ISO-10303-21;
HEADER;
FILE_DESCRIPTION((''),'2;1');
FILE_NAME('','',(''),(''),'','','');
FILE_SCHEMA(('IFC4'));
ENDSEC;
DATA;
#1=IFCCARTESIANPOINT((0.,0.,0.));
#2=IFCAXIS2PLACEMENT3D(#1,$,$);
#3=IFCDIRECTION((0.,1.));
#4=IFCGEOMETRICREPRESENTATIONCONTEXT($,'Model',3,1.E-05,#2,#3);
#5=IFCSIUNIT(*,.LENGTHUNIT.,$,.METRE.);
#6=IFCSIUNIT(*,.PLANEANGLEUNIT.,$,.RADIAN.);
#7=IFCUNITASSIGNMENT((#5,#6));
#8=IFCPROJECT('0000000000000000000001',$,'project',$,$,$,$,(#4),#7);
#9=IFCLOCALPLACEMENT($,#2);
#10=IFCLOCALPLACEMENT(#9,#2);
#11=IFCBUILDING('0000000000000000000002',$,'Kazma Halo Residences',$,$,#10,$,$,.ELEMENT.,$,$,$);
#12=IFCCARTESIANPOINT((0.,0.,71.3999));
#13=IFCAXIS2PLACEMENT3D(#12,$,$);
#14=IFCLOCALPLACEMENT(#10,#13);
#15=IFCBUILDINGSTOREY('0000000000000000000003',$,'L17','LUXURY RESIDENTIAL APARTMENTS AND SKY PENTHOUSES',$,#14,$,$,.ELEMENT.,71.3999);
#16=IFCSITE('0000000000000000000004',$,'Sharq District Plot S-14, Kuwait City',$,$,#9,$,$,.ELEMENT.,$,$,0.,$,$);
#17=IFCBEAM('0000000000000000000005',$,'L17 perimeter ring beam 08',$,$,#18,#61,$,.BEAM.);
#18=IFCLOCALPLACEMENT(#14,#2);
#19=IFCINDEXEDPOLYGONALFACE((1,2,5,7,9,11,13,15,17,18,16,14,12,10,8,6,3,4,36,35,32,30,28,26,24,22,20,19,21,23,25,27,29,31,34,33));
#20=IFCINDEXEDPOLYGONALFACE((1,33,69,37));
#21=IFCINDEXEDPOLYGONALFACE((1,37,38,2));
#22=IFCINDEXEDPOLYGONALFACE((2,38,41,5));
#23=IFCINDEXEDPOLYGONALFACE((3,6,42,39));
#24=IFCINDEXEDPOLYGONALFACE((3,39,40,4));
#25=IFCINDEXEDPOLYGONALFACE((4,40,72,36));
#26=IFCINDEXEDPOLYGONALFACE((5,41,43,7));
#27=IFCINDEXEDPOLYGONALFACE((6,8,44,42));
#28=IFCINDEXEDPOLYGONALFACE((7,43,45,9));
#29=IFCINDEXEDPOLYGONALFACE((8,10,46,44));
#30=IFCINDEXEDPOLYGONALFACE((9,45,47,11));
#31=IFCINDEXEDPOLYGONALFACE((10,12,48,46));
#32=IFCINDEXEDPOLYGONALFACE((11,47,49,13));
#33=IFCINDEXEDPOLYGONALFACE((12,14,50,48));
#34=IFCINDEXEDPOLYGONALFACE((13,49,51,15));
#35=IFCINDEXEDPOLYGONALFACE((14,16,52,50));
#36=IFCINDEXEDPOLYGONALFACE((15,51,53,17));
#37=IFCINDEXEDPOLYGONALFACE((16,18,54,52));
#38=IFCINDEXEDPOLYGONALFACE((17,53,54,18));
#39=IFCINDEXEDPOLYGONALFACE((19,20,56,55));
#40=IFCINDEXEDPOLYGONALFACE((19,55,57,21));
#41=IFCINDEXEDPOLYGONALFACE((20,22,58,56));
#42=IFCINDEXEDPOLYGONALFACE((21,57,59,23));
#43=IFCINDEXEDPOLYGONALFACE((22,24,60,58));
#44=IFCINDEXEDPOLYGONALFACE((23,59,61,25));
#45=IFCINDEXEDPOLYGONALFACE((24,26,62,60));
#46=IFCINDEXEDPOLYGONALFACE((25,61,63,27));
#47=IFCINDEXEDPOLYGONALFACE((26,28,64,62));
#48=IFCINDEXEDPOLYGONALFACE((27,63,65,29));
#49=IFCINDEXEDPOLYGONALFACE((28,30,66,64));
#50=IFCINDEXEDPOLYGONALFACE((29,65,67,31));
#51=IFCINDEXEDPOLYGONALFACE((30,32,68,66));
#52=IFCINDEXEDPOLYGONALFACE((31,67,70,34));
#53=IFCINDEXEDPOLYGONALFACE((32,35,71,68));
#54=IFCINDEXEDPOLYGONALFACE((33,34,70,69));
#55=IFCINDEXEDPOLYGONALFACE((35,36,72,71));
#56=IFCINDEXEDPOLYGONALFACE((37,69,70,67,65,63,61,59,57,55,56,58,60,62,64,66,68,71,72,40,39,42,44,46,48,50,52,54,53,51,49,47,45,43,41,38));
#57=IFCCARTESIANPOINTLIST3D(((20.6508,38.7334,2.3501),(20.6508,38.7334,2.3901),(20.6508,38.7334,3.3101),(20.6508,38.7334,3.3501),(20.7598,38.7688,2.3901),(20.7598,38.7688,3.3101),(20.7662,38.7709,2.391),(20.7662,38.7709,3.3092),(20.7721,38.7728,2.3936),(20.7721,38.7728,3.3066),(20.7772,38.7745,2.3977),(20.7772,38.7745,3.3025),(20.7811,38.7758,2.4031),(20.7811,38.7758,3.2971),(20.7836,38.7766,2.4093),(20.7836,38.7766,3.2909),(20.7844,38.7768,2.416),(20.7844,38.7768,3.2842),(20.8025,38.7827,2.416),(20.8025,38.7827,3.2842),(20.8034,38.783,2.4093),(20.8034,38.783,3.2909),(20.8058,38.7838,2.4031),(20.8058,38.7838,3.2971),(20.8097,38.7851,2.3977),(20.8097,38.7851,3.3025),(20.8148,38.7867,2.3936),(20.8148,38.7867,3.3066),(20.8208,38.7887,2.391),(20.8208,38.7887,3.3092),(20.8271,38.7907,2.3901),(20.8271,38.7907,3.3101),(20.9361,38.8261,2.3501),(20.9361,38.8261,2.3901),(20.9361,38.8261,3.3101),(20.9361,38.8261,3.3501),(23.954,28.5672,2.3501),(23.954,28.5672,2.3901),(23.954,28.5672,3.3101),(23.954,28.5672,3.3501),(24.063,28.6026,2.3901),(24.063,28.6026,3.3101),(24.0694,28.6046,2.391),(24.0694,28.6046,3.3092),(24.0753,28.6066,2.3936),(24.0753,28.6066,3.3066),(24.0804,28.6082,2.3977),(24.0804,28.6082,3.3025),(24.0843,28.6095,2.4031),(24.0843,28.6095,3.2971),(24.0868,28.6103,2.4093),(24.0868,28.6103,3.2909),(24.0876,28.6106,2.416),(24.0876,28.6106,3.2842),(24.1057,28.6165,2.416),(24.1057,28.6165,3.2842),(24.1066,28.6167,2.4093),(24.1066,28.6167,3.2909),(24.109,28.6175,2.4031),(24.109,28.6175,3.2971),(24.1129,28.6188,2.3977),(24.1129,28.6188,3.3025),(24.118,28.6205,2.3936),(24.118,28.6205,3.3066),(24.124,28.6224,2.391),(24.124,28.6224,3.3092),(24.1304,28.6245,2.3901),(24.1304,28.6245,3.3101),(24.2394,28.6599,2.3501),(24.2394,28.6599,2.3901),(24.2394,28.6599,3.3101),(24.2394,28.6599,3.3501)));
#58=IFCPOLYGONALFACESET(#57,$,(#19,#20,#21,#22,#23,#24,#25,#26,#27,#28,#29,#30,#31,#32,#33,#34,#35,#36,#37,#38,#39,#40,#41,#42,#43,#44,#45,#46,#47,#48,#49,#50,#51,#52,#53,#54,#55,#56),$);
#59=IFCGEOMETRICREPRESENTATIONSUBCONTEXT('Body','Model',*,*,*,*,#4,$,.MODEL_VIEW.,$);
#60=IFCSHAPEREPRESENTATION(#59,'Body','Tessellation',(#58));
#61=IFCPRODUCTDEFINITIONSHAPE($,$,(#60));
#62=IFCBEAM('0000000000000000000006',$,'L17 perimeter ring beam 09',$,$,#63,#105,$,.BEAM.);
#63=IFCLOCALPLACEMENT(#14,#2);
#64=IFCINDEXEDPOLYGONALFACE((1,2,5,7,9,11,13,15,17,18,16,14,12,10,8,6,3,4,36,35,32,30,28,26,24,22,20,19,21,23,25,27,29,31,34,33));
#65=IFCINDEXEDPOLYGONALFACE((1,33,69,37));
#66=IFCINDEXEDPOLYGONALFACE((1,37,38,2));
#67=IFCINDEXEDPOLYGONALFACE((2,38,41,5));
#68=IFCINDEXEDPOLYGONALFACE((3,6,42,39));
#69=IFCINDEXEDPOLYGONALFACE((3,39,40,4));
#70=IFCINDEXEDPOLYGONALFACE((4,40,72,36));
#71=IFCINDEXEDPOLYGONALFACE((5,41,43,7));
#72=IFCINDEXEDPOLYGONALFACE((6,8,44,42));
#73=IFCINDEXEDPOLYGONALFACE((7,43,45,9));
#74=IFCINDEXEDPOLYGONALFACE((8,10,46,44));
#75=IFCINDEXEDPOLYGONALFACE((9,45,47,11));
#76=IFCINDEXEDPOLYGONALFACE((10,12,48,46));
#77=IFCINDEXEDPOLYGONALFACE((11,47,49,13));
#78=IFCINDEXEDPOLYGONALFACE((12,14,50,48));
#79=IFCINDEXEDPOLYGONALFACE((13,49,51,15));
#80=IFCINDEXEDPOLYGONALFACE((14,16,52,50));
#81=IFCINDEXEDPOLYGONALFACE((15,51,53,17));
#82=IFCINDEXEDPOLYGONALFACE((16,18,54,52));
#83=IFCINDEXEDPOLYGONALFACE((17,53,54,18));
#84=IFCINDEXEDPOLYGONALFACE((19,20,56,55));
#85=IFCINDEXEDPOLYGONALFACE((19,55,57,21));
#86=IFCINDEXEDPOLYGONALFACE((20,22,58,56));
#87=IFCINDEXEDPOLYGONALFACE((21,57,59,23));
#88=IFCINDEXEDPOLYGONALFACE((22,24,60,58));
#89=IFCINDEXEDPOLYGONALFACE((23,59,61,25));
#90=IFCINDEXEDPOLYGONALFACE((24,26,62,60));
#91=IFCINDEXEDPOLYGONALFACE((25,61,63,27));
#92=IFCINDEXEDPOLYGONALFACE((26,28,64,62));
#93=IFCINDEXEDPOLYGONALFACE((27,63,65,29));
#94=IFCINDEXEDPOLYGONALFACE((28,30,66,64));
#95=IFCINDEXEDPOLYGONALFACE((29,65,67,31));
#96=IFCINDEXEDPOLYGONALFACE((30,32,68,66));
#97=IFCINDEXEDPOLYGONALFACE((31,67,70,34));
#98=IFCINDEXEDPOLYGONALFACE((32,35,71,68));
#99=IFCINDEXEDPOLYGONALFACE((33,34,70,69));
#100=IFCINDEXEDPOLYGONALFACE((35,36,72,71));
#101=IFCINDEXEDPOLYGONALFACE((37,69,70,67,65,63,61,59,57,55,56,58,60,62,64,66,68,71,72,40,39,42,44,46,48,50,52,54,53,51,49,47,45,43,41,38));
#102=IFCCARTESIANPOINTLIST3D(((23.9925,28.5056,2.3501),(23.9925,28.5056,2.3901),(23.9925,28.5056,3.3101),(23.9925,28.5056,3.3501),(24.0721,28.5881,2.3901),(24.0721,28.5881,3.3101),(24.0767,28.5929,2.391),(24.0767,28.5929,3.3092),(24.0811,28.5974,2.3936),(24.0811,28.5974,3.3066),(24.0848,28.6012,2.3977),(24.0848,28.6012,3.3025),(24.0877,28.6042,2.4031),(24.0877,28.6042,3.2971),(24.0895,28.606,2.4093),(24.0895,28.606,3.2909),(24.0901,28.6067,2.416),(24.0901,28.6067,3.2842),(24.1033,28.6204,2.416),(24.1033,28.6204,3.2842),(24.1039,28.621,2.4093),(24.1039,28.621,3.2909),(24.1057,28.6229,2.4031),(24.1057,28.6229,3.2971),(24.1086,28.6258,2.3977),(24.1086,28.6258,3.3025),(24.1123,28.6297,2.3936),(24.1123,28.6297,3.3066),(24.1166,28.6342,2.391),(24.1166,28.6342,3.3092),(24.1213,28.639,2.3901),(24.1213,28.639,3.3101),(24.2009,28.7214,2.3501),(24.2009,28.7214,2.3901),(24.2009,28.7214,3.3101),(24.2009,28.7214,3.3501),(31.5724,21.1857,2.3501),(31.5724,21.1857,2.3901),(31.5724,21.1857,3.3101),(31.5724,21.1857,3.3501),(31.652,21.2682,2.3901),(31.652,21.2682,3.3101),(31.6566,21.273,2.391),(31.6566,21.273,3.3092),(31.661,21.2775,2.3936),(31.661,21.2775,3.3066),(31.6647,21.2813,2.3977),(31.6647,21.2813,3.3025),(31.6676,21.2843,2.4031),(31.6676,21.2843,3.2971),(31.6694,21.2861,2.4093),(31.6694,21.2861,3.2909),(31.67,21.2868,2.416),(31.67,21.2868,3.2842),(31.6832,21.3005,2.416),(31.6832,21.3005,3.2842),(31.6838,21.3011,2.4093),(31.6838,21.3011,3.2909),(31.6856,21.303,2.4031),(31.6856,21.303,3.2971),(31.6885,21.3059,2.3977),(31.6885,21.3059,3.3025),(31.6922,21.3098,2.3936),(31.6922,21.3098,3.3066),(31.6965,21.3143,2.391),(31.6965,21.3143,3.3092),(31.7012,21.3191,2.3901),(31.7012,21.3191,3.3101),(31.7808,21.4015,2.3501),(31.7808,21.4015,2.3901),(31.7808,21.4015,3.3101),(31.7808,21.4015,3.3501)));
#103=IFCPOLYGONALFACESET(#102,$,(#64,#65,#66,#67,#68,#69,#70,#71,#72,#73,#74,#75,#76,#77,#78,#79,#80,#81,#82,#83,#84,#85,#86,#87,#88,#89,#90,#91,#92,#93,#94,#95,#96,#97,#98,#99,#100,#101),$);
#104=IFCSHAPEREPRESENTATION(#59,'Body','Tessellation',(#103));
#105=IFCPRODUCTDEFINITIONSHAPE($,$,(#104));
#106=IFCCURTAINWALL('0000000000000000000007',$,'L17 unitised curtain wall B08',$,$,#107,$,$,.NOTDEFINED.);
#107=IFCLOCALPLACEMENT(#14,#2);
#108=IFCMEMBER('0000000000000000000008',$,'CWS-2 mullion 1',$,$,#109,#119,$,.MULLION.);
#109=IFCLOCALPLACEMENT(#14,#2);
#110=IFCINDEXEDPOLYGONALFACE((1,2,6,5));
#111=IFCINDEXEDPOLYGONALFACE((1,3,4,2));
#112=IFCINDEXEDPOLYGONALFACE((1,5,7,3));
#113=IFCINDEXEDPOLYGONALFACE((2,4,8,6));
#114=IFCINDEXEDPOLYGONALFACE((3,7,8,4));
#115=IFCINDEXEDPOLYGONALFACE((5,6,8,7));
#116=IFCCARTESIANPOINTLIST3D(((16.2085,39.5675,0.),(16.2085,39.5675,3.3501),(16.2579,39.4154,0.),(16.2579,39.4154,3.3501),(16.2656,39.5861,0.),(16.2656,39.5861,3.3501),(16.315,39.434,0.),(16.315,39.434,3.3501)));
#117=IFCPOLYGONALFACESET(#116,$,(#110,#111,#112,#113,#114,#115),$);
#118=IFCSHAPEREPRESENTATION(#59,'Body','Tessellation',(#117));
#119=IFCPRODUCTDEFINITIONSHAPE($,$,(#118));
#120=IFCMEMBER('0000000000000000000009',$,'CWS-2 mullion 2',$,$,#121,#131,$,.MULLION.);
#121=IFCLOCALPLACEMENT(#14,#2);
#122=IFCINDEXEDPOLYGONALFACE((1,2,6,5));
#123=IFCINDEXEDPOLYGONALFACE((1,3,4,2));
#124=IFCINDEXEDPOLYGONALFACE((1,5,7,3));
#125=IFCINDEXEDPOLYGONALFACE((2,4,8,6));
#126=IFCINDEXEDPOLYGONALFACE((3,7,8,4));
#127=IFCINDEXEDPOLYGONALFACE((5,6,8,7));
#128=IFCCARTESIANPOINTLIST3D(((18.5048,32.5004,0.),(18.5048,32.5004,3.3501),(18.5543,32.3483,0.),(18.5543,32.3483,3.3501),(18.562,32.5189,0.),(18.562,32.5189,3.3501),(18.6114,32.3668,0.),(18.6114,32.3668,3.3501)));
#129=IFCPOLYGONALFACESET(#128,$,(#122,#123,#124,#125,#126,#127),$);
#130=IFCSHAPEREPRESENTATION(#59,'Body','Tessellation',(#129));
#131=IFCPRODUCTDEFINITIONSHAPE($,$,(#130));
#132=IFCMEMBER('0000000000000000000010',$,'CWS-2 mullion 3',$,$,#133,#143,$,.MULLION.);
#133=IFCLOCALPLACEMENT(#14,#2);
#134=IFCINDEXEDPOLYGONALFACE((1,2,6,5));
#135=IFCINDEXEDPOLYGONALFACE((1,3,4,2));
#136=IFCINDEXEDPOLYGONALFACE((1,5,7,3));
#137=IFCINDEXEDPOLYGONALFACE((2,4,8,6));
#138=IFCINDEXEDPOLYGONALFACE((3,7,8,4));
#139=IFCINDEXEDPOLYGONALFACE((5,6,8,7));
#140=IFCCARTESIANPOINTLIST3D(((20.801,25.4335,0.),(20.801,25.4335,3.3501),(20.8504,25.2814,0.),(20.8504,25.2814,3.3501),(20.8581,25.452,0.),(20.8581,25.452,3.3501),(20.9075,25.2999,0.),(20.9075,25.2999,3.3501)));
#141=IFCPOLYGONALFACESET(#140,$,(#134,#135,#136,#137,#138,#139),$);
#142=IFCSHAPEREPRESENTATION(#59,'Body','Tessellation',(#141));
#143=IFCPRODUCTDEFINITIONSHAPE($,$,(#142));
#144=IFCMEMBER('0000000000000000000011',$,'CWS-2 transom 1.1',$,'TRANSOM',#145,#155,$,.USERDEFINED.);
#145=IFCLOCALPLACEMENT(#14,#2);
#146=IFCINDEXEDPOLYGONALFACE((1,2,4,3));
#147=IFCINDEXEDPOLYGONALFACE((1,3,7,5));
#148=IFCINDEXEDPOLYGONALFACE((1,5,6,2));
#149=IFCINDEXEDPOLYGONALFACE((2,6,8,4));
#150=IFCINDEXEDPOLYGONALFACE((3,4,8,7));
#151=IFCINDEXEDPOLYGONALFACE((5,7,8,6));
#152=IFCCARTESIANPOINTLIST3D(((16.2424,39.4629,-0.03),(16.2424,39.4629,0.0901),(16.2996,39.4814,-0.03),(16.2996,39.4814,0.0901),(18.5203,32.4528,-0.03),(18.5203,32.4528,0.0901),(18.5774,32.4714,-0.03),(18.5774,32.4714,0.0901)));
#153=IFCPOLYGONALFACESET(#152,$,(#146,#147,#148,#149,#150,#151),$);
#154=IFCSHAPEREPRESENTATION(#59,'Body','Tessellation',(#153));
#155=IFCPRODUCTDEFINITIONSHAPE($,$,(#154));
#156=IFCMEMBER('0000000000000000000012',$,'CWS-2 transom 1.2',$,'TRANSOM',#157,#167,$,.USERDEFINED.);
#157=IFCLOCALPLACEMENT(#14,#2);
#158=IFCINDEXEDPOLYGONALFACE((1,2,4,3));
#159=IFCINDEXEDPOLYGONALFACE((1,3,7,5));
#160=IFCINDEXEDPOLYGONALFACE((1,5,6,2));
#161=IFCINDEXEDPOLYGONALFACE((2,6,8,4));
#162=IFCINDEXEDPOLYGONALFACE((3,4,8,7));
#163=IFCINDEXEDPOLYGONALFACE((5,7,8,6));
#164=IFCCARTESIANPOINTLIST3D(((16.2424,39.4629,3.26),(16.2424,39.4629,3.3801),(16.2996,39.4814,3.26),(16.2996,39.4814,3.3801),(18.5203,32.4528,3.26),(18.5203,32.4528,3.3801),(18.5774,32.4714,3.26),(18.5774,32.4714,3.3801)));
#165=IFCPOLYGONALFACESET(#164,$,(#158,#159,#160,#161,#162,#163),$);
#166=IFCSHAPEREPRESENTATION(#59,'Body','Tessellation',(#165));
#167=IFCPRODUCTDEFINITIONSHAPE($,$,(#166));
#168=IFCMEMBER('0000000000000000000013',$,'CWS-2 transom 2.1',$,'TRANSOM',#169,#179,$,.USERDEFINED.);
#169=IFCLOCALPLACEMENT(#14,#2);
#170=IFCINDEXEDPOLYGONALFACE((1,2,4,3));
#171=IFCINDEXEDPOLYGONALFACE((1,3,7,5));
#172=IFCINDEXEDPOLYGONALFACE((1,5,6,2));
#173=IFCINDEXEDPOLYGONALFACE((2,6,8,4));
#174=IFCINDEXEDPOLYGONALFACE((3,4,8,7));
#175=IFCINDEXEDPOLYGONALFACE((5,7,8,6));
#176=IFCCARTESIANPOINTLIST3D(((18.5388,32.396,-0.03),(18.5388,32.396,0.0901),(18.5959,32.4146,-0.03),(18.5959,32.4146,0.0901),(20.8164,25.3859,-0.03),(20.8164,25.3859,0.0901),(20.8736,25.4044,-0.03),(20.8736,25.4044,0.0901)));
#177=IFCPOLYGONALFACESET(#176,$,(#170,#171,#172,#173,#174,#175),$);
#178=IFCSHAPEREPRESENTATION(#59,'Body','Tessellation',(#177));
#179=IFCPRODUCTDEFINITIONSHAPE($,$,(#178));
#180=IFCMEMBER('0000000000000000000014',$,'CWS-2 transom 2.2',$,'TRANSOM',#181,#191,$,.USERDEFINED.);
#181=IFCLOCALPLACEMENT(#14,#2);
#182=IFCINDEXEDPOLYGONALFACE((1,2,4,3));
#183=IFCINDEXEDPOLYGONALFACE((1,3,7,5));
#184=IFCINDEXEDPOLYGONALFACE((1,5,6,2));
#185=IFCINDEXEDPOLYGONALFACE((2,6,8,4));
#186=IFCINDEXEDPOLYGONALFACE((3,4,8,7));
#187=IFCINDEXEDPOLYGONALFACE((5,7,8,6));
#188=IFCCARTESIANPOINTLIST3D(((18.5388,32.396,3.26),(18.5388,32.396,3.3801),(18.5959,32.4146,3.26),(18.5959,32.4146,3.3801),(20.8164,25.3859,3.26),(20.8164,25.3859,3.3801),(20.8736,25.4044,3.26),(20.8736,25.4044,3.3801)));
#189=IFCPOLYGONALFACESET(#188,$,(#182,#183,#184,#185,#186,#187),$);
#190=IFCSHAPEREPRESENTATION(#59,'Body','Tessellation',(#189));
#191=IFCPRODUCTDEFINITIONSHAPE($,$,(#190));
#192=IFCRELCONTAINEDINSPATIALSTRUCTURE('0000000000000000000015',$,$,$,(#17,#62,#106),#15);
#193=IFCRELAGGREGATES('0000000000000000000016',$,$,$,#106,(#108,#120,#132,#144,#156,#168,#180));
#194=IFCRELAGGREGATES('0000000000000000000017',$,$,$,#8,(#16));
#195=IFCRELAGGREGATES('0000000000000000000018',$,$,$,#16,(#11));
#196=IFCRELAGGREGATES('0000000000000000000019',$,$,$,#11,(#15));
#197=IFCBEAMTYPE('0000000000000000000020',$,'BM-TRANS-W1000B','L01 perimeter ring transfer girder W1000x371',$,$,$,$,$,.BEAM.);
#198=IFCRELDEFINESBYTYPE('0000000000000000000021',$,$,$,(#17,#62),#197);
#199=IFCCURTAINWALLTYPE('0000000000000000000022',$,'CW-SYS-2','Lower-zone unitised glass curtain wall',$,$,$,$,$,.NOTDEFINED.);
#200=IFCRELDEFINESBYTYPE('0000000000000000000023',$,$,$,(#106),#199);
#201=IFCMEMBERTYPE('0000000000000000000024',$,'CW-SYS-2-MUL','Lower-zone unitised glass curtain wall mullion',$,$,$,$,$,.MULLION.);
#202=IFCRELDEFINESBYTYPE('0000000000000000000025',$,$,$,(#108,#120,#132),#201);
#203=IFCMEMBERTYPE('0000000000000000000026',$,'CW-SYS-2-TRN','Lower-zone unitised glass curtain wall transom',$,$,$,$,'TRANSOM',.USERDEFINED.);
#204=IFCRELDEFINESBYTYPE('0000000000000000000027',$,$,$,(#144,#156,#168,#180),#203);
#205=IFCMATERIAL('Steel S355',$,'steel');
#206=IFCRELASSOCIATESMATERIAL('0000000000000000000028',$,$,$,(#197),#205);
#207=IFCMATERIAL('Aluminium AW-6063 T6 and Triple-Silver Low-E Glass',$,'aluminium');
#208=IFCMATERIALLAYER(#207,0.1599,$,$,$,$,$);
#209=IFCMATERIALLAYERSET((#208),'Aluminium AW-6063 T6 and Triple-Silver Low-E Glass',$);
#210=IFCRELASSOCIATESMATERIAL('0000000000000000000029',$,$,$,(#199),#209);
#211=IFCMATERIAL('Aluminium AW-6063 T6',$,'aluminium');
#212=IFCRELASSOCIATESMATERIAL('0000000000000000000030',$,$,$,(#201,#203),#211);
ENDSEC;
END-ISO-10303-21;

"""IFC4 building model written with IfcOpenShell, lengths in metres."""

from ifc_helpers import new_model, si_unit, direction, frame, origin, origin_2d, place, context, subcontext, project, spatial, rectangle, i_section, extrude, material, layer, layer_set, material_profile, profile_set, type_object, element, aggregate, save


model = new_model("IFC4")

# Units and contexts
model_context = context("Model", 3, precision=1e-05, world=origin(), true_north=direction((0.0, 1.0)))
body_context = subcontext(model_context, "Body", "Model", "MODEL_VIEW")
ifc_project = project(units=[si_unit("LENGTHUNIT", "METRE"), si_unit("PLANEANGLEUNIT", "RADIAN")], contexts=[model_context])

# Site, building, storey
site_placement = place(None, origin())
site = spatial("IfcSite", under=ifc_project, at=site_placement, Name="Sharq District Plot S-14, Kuwait City", CompositionType="ELEMENT", RefElevation=0.0)
building_placement = place(site_placement, origin())
building = spatial("IfcBuilding", under=site, at=building_placement, Name="Kazma Halo Residences", CompositionType="ELEMENT")
storey_placement = place(building_placement, frame((0.0, 0.0, 71.3999)))
storey = spatial("IfcBuildingStorey", under=building, at=storey_placement, Name="L17", Description="LUXURY RESIDENTIAL APARTMENTS AND SKY PENTHOUSES", CompositionType="ELEMENT", Elevation=71.3999)

# Beams
ifc_material_1 = material(Name="Steel S355", Category="steel")
ifc_material_profile_1 = material_profile(ifc_material_1, i_section(OverallWidth=0.3, OverallDepth=1.0, WebThickness=0.019, FlangeThickness=0.04, FilletRadius=0.0259, at=origin_2d()), Name="W1000x371")
ifc_profile_set_1 = profile_set([ifc_material_profile_1], Name="Steel S355")
beam_type_1 = type_object("IfcBeamType", Name="BM-TRANS-W1000B", Description="L01 perimeter ring transfer girder W1000x371", PredefinedType="BEAM", material=ifc_profile_set_1)
beam_1_placement = place(storey_placement, frame((20.7935, 38.7798, 2.8501), z_axis=(0.309017, -0.951056, 0.0), x_axis=(0.951056, 0.309017, 0.0)))
element("IfcBeam", 1, at=beam_1_placement, inside=storey, type_object=beam_type_1, Name="L17 perimeter ring beam 08", PredefinedType="BEAM", context=body_context, shape_type="SweptSolid", body=[
    extrude(i_section(OverallWidth=0.3, OverallDepth=1.0, WebThickness=0.019, FlangeThickness=0.04, FilletRadius=0.0259, at=origin_2d()), origin(), (0.0, 0.0, 1.0), 10.6895),
])
beam_2_placement = place(storey_placement, frame((24.0967, 28.6135, 2.8501), z_axis=(0.719337, -0.694661, 0.0), x_axis=(0.694661, 0.719337, 0.0)))
element("IfcBeam", 2, at=beam_2_placement, inside=storey, type_object=beam_type_1, Name="L17 perimeter ring beam 09", PredefinedType="BEAM", context=body_context, shape_type="SweptSolid", body=[
    extrude(i_section(OverallWidth=0.3, OverallDepth=1.0, WebThickness=0.019, FlangeThickness=0.04, FilletRadius=0.0259, at=origin_2d()), origin(), (0.0, 0.0, 1.0), 10.5374),
])

# Curtain wall, members
ifc_material_2 = material(Name="Aluminium AW-6063 T6 and Triple-Silver Low-E Glass", Category="aluminium")
ifc_layer_1 = layer(ifc_material_2, 0.1599)
ifc_layer_set_1 = layer_set([ifc_layer_1], Name="Aluminium AW-6063 T6 and Triple-Silver Low-E Glass")
curtain_wall_type = type_object("IfcCurtainWallType", Name="CW-SYS-2", Description="Lower-zone unitised glass curtain wall", PredefinedType="NOTDEFINED", material=ifc_layer_set_1)
curtain_wall_placement = place(storey_placement, origin())
curtain_wall = element("IfcCurtainWall", 3, at=curtain_wall_placement, inside=storey, type_object=curtain_wall_type, Name="L17 unitised curtain wall B08", PredefinedType="NOTDEFINED")
ifc_material_3 = material(Name="Aluminium AW-6063 T6", Category="aluminium")
ifc_material_profile_2 = material_profile(ifc_material_3, rectangle(XDim=0.0601, YDim=0.1599, at=origin_2d()), Name="CWM-60x160")
ifc_profile_set_2 = profile_set([ifc_material_profile_2], Name="Aluminium AW-6063 T6")
member_type_1 = type_object("IfcMemberType", Name="CW-SYS-2-MUL", Description="Lower-zone unitised glass curtain wall mullion", PredefinedType="MULLION", material=ifc_profile_set_2)
member_1_placement = place(storey_placement, frame((16.2617, 39.5007, 0.0), z_axis=(0.0, 0.0, 1.0), x_axis=(0.951057, 0.309017, 0.0)))
member_1 = element("IfcMember", 4, at=member_1_placement, type_object=member_type_1, Name="CWS-2 mullion 1", PredefinedType="MULLION", context=body_context, shape_type="SweptSolid", body=[
    extrude(rectangle(XDim=0.0601, YDim=0.1599, at=origin_2d()), origin(), (0.0, 0.0, 1.0), 3.3501),
])
member_2_placement = place(storey_placement, frame((18.5581, 32.4336, 0.0), z_axis=(0.0, 0.0, 1.0), x_axis=(0.951057, 0.309017, 0.0)))
member_2 = element("IfcMember", 5, at=member_2_placement, type_object=member_type_1, Name="CWS-2 mullion 2", PredefinedType="MULLION", context=body_context, shape_type="SweptSolid", body=[
    extrude(rectangle(XDim=0.0601, YDim=0.1599, at=origin_2d()), origin(), (0.0, 0.0, 1.0), 3.3501),
])
member_3_placement = place(storey_placement, frame((20.8542, 25.3667, 0.0), z_axis=(0.0, 0.0, 1.0), x_axis=(0.951057, 0.309017, 0.0)))
member_3 = element("IfcMember", 6, at=member_3_placement, type_object=member_type_1, Name="CWS-2 mullion 3", PredefinedType="MULLION", context=body_context, shape_type="SweptSolid", body=[
    extrude(rectangle(XDim=0.0601, YDim=0.1599, at=origin_2d()), origin(), (0.0, 0.0, 1.0), 3.3501),
])
ifc_material_profile_3 = material_profile(ifc_material_3, rectangle(XDim=0.0601, YDim=0.1201, at=origin_2d()), Name="CWT-60x120")
ifc_profile_set_3 = profile_set([ifc_material_profile_3], Name="Aluminium AW-6063 T6")
member_type_2 = type_object("IfcMemberType", Name="CW-SYS-2-TRN", Description="Lower-zone unitised glass curtain wall transom", ElementType="TRANSOM", PredefinedType="USERDEFINED", material=ifc_profile_set_3)
member_4_placement = place(storey_placement, frame((16.271, 39.4722, 0.03), z_axis=(0.309034, -0.951051, 0.0), x_axis=(0.951051, 0.309034, 0.0)))
member_4 = element("IfcMember", 7, at=member_4_placement, type_object=member_type_2, Name="CWS-2 transom 1.1", ObjectType="TRANSOM", PredefinedType="USERDEFINED", context=body_context, shape_type="SweptSolid", body=[
    extrude(rectangle(XDim=0.0601, YDim=0.1201, at=origin_2d()), origin(), (0.0, 0.0, 1.0), 7.3708),
])
member_5_placement = place(storey_placement, frame((16.271, 39.4722, 3.3201), z_axis=(0.309034, -0.951051, 0.0), x_axis=(0.951051, 0.309034, 0.0)))
member_5 = element("IfcMember", 8, at=member_5_placement, type_object=member_type_2, Name="CWS-2 transom 1.2", ObjectType="TRANSOM", PredefinedType="USERDEFINED", context=body_context, shape_type="SweptSolid", body=[
    extrude(rectangle(XDim=0.0601, YDim=0.1201, at=origin_2d()), origin(), (0.0, 0.0, 1.0), 7.3708),
])
member_6_placement = place(storey_placement, frame((18.5674, 32.4053, 0.03), z_axis=(0.309004, -0.951061, 0.0), x_axis=(0.951061, 0.309004, 0.0)))
member_6 = element("IfcMember", 9, at=member_6_placement, type_object=member_type_2, Name="CWS-2 transom 2.1", ObjectType="TRANSOM", PredefinedType="USERDEFINED", context=body_context, shape_type="SweptSolid", body=[
    extrude(rectangle(XDim=0.0601, YDim=0.1201, at=origin_2d()), origin(), (0.0, 0.0, 1.0), 7.3708),
])
member_7_placement = place(storey_placement, frame((18.5674, 32.4053, 3.3201), z_axis=(0.309004, -0.951061, 0.0), x_axis=(0.951061, 0.309004, 0.0)))
member_7 = element("IfcMember", 10, at=member_7_placement, type_object=member_type_2, Name="CWS-2 transom 2.2", ObjectType="TRANSOM", PredefinedType="USERDEFINED", context=body_context, shape_type="SweptSolid", body=[
    extrude(rectangle(XDim=0.0601, YDim=0.1201, at=origin_2d()), origin(), (0.0, 0.0, 1.0), 7.3708),
])
aggregate(curtain_wall, [member_1, member_2, member_3, member_4, member_5, member_6, member_7])

save(model, "model.ifc")
